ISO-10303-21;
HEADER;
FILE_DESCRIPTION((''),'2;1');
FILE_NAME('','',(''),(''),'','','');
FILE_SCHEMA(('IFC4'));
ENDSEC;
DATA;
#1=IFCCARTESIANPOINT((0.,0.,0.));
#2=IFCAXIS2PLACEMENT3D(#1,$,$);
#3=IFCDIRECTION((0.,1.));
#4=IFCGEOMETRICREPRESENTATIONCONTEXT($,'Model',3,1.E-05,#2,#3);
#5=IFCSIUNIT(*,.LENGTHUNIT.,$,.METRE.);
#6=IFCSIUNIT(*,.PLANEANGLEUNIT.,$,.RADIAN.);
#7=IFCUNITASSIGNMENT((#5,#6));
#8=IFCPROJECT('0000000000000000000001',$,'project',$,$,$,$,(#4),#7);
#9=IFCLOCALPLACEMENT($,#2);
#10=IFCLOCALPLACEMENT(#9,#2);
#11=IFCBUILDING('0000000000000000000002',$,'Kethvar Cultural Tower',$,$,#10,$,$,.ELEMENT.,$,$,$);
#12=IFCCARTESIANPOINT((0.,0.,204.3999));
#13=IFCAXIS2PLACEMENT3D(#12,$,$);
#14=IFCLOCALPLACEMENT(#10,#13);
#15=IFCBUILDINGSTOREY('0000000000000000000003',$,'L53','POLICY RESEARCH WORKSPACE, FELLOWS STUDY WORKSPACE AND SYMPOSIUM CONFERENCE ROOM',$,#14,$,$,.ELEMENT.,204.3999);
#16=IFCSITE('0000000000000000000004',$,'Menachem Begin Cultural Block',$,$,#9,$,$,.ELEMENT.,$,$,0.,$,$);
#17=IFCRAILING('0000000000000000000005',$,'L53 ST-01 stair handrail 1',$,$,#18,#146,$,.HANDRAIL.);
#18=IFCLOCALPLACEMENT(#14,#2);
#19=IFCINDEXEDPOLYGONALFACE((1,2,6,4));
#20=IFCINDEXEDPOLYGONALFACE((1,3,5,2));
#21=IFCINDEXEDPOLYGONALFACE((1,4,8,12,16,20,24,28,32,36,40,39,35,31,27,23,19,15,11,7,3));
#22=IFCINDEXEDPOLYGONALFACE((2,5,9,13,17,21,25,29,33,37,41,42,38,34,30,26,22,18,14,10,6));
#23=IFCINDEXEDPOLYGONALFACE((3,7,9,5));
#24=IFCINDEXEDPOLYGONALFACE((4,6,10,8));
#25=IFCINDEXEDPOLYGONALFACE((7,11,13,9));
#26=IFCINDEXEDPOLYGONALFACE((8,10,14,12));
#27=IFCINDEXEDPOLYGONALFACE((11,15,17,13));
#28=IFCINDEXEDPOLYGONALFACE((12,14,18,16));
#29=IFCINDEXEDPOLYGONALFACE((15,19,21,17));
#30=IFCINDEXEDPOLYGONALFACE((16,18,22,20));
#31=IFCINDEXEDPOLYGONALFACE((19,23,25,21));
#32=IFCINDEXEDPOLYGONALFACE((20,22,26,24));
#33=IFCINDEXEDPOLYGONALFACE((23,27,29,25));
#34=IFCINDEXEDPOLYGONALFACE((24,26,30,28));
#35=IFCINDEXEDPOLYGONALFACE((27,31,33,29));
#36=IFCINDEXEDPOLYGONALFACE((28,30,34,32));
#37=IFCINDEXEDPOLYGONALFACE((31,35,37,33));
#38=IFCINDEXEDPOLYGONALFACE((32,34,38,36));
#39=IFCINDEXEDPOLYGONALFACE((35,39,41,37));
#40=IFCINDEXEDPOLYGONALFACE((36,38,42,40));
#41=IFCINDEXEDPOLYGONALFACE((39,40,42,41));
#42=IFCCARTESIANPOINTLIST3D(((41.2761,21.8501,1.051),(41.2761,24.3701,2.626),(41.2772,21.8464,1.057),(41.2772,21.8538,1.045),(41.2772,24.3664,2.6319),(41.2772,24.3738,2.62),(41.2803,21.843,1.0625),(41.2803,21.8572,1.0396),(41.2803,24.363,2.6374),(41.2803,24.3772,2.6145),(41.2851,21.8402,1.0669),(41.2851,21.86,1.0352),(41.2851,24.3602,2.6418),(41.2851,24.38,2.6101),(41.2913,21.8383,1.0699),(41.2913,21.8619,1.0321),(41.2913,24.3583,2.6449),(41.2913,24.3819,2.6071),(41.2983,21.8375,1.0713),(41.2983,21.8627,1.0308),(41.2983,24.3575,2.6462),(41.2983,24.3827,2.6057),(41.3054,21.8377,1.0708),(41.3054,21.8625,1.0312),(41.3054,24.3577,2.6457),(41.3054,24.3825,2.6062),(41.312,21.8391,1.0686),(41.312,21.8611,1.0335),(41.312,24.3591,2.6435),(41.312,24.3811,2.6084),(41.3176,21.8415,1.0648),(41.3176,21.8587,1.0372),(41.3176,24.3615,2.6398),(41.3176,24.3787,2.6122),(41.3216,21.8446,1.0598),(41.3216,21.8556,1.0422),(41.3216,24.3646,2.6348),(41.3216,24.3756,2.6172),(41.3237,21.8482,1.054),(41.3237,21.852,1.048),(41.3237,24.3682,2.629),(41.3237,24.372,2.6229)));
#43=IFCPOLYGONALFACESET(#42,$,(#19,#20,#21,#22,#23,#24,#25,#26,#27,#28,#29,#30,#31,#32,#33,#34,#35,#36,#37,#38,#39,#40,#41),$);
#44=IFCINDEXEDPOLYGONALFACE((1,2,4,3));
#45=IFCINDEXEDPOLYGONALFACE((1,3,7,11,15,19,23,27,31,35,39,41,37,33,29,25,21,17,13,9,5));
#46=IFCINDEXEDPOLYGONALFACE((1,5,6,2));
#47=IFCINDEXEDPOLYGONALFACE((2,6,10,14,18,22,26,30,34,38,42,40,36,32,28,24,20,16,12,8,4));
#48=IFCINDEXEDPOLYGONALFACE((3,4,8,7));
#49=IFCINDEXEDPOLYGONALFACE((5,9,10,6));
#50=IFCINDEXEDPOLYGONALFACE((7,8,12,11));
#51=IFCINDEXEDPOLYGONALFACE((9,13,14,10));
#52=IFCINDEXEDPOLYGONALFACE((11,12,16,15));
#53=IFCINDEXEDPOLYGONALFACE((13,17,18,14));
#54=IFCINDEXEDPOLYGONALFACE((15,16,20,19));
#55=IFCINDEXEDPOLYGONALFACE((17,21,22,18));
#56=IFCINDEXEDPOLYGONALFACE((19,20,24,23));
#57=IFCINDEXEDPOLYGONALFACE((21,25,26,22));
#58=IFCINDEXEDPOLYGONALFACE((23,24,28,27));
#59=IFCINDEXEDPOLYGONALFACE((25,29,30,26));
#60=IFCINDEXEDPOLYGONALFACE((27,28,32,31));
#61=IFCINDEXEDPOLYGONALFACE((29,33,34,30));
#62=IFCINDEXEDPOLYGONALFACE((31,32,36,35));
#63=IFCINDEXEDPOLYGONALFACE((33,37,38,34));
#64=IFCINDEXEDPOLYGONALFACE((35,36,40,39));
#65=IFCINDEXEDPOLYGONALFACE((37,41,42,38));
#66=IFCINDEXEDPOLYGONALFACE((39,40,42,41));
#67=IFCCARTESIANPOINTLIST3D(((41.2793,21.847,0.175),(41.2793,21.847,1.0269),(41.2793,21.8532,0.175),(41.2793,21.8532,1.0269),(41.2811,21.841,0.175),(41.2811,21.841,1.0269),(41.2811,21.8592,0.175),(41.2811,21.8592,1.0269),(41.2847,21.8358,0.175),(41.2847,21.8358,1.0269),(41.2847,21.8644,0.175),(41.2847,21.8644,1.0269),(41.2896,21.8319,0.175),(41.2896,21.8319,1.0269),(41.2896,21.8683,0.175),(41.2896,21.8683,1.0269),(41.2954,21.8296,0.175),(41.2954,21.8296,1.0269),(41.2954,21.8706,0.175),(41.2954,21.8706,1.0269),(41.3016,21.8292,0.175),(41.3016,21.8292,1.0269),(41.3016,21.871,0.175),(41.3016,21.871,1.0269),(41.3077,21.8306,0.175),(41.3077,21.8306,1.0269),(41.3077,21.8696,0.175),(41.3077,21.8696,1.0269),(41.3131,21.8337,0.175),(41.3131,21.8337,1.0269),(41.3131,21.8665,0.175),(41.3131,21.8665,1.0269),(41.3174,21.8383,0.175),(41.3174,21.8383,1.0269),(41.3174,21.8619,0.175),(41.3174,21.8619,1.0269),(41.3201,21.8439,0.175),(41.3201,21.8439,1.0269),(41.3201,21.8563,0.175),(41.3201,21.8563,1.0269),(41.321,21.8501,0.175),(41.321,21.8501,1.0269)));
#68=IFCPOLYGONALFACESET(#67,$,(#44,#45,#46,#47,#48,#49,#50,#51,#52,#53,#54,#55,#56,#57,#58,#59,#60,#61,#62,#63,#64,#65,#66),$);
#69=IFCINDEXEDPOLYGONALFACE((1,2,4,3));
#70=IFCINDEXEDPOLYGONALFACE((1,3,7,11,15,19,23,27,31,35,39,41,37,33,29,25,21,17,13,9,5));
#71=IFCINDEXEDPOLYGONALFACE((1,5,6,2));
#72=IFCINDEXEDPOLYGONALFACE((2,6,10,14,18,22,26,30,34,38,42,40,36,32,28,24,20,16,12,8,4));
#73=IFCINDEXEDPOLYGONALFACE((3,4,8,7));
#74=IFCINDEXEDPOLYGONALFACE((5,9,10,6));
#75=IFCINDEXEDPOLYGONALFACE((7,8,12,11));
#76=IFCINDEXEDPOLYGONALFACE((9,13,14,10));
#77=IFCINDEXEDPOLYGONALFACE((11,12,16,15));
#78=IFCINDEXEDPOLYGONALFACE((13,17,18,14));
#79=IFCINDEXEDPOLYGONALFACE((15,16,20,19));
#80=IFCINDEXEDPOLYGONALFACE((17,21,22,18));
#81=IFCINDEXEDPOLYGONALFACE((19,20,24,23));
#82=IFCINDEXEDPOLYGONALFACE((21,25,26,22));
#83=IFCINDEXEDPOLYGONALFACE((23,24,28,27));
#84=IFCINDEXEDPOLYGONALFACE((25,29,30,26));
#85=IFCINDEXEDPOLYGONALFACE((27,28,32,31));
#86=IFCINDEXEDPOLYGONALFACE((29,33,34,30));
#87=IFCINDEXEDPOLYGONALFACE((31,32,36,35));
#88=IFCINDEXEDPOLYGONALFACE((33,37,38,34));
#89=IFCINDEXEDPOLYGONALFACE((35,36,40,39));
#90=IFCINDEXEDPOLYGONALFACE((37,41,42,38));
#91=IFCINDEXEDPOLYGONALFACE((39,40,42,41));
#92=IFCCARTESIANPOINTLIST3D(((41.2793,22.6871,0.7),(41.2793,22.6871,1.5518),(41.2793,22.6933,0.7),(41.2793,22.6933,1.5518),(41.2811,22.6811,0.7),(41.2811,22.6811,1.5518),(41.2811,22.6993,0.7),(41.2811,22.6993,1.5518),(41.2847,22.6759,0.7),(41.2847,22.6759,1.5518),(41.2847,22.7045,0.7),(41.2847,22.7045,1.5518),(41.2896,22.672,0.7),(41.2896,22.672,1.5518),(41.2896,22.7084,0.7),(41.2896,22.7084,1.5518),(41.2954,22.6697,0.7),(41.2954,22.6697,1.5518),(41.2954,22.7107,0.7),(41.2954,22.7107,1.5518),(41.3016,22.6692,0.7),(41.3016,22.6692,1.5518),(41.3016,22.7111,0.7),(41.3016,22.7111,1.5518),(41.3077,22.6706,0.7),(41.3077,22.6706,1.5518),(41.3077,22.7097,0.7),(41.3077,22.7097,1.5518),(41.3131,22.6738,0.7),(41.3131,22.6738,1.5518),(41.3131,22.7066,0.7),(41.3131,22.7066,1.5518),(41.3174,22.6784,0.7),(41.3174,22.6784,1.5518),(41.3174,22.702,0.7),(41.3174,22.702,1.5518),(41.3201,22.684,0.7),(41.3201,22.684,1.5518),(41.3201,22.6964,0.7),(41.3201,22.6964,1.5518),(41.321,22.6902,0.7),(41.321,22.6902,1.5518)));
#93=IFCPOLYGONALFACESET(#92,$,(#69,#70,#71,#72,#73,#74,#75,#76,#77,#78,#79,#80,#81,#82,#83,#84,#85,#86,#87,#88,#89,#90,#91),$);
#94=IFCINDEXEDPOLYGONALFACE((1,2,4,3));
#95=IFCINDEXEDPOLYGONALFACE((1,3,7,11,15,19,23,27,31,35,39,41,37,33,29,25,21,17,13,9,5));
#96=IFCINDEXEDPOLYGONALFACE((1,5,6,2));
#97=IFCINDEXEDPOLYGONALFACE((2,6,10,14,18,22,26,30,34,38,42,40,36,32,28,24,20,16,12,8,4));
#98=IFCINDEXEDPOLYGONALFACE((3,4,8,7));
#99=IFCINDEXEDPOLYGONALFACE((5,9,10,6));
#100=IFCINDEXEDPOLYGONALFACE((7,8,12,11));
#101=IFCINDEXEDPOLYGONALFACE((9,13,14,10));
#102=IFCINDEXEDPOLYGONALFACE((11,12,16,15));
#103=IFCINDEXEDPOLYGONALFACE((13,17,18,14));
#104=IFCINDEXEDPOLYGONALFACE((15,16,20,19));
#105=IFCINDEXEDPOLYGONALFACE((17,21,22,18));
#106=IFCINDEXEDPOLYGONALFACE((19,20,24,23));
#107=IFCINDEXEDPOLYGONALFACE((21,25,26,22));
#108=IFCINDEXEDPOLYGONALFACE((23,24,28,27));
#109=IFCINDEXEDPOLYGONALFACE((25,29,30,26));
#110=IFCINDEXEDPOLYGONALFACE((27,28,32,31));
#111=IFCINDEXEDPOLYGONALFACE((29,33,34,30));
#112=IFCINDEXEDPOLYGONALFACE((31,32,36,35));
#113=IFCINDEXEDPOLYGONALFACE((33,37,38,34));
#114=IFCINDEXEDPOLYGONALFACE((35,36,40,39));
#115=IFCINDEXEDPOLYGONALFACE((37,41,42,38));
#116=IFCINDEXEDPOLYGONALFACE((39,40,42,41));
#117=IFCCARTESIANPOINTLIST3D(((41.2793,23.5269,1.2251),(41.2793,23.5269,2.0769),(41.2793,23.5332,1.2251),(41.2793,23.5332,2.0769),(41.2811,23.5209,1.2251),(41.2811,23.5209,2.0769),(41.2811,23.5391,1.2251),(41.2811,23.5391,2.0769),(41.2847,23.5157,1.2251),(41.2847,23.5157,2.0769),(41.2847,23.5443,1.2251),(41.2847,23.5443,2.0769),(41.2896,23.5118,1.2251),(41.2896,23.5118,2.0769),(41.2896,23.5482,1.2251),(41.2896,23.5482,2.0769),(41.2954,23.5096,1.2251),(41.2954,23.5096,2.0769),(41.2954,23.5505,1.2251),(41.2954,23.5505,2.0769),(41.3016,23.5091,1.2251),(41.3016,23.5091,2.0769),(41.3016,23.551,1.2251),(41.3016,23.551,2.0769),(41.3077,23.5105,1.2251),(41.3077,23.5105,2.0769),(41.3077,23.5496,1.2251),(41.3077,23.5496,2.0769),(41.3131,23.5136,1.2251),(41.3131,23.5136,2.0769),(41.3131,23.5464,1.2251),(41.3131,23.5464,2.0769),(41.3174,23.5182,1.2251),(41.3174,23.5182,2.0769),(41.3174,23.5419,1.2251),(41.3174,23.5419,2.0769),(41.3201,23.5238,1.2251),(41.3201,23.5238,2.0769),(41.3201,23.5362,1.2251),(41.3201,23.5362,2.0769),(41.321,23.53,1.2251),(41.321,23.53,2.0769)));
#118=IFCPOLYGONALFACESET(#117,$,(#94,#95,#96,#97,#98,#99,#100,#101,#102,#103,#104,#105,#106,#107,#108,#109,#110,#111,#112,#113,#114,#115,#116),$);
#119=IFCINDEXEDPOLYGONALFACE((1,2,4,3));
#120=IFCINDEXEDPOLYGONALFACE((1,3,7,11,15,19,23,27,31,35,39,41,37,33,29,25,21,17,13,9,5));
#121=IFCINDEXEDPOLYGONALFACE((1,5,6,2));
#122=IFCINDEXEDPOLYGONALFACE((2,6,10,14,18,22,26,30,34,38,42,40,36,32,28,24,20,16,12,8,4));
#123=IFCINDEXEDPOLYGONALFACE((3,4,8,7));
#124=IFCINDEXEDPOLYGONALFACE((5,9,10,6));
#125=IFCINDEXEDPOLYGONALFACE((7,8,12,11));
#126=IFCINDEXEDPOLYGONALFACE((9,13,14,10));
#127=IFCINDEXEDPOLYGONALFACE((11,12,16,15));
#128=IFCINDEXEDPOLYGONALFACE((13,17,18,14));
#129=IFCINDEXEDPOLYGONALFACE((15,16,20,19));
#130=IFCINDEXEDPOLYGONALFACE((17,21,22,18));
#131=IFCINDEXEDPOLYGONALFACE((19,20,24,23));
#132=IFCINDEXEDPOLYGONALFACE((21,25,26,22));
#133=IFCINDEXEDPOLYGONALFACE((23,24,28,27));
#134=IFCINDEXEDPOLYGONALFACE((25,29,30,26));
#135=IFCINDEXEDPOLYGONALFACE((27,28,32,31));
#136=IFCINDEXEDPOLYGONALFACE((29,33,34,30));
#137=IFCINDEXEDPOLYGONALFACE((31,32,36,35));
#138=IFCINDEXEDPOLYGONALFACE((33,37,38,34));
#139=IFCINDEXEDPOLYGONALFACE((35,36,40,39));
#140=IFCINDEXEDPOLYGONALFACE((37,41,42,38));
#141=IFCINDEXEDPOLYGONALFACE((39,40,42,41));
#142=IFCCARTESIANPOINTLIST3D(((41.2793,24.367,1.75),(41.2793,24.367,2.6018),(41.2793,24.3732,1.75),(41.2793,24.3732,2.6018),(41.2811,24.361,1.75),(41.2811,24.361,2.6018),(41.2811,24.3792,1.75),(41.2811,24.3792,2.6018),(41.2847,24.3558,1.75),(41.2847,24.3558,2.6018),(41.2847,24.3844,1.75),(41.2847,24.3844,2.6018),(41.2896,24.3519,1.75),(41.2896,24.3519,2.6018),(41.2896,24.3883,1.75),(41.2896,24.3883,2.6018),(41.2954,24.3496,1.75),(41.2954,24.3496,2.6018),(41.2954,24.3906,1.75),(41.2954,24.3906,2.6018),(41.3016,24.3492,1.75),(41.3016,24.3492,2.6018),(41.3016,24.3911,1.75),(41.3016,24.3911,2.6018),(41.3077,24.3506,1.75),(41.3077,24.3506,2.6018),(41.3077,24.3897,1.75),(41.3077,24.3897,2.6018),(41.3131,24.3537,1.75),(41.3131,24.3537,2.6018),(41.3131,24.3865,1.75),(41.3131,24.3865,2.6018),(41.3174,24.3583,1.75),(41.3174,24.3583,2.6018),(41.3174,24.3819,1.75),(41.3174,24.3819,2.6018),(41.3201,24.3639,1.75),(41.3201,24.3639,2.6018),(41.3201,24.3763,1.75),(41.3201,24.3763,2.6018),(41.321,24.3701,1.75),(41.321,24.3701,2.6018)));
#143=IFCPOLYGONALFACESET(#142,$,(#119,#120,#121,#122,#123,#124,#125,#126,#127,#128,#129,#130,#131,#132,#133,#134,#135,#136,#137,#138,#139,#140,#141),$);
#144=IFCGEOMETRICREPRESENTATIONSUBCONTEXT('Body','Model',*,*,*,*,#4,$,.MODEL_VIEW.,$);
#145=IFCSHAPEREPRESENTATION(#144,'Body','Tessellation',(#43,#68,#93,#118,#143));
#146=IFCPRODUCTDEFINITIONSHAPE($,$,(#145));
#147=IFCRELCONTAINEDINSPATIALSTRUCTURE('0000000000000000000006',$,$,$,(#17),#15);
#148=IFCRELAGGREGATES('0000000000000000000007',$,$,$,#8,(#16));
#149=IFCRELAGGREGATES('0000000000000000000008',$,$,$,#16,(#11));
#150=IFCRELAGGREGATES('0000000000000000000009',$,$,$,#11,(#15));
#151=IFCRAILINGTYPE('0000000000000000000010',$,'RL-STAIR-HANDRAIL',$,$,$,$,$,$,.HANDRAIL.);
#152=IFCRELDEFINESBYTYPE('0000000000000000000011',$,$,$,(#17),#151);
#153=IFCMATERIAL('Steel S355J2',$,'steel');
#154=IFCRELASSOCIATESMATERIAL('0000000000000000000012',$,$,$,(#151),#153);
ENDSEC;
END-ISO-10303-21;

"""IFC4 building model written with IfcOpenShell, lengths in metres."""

from ifc_helpers import new_model, si_unit, direction, frame, origin, origin_2d, place, context, subcontext, project, spatial, circle, extrude, material, type_object, element, save


model = new_model("IFC4")

# Units and contexts
model_context = context("Model", 3, precision=1e-05, world=origin(), true_north=direction((0.0, 1.0)))
body_context = subcontext(model_context, "Body", "Model", "MODEL_VIEW")
ifc_project = project(units=[si_unit("LENGTHUNIT", "METRE"), si_unit("PLANEANGLEUNIT", "RADIAN")], contexts=[model_context])

# Site, building, storey
site_placement = place(None, origin())
site = spatial("IfcSite", under=ifc_project, at=site_placement, Name="Menachem Begin Cultural Block", CompositionType="ELEMENT", RefElevation=0.0)
building_placement = place(site_placement, origin())
building = spatial("IfcBuilding", under=site, at=building_placement, Name="Kethvar Cultural Tower", CompositionType="ELEMENT")
storey_placement = place(building_placement, frame((0.0, 0.0, 204.3999)))
storey = spatial("IfcBuildingStorey", under=building, at=storey_placement, Name="L53", Description="POLICY RESEARCH WORKSPACE, FELLOWS STUDY WORKSPACE AND SYMPOSIUM CONFERENCE ROOM", CompositionType="ELEMENT", Elevation=204.3999)

# Shared definitions
ifc_material_1 = material(Name="Steel S355J2", Category="steel")

# Railing
railing_type_1 = type_object("IfcRailingType", Name="RL-STAIR-HANDRAIL", PredefinedType="HANDRAIL", material=ifc_material_1)
railing_1_placement = place(storey_placement, frame((41.3, 21.8501, 0.175)))
element("IfcRailing", 1, at=railing_1_placement, inside=storey, type_object=railing_type_1, Name="L53 ST-01 stair handrail 1", PredefinedType="HANDRAIL", context=body_context, shape_type="SweptSolid", body=[
    extrude(circle(Radius=0.0239, at=origin_2d()), frame((0.0, 0.0, 0.876), z_axis=(0.0, 0.848008, 0.529984), x_axis=(-1.0, 0.0, 0.0)), (0.0, 0.0, 1.0), 2.9717),
    extrude(circle(Radius=0.021, at=origin_2d()), origin(), (0.0, 0.0, 1.0), 0.8518),
    extrude(circle(Radius=0.021, at=origin_2d()), frame((0.0, 0.8401, 0.5249)), (0.0, 0.0, 1.0), 0.8518),
    extrude(circle(Radius=0.021, at=origin_2d()), frame((0.0, 1.6799, 1.05)), (0.0, 0.0, 1.0), 0.8518),
    extrude(circle(Radius=0.021, at=origin_2d()), frame((0.0, 2.52, 1.575)), (0.0, 0.0, 1.0), 0.8518),
])

save(model, "model.ifc")
